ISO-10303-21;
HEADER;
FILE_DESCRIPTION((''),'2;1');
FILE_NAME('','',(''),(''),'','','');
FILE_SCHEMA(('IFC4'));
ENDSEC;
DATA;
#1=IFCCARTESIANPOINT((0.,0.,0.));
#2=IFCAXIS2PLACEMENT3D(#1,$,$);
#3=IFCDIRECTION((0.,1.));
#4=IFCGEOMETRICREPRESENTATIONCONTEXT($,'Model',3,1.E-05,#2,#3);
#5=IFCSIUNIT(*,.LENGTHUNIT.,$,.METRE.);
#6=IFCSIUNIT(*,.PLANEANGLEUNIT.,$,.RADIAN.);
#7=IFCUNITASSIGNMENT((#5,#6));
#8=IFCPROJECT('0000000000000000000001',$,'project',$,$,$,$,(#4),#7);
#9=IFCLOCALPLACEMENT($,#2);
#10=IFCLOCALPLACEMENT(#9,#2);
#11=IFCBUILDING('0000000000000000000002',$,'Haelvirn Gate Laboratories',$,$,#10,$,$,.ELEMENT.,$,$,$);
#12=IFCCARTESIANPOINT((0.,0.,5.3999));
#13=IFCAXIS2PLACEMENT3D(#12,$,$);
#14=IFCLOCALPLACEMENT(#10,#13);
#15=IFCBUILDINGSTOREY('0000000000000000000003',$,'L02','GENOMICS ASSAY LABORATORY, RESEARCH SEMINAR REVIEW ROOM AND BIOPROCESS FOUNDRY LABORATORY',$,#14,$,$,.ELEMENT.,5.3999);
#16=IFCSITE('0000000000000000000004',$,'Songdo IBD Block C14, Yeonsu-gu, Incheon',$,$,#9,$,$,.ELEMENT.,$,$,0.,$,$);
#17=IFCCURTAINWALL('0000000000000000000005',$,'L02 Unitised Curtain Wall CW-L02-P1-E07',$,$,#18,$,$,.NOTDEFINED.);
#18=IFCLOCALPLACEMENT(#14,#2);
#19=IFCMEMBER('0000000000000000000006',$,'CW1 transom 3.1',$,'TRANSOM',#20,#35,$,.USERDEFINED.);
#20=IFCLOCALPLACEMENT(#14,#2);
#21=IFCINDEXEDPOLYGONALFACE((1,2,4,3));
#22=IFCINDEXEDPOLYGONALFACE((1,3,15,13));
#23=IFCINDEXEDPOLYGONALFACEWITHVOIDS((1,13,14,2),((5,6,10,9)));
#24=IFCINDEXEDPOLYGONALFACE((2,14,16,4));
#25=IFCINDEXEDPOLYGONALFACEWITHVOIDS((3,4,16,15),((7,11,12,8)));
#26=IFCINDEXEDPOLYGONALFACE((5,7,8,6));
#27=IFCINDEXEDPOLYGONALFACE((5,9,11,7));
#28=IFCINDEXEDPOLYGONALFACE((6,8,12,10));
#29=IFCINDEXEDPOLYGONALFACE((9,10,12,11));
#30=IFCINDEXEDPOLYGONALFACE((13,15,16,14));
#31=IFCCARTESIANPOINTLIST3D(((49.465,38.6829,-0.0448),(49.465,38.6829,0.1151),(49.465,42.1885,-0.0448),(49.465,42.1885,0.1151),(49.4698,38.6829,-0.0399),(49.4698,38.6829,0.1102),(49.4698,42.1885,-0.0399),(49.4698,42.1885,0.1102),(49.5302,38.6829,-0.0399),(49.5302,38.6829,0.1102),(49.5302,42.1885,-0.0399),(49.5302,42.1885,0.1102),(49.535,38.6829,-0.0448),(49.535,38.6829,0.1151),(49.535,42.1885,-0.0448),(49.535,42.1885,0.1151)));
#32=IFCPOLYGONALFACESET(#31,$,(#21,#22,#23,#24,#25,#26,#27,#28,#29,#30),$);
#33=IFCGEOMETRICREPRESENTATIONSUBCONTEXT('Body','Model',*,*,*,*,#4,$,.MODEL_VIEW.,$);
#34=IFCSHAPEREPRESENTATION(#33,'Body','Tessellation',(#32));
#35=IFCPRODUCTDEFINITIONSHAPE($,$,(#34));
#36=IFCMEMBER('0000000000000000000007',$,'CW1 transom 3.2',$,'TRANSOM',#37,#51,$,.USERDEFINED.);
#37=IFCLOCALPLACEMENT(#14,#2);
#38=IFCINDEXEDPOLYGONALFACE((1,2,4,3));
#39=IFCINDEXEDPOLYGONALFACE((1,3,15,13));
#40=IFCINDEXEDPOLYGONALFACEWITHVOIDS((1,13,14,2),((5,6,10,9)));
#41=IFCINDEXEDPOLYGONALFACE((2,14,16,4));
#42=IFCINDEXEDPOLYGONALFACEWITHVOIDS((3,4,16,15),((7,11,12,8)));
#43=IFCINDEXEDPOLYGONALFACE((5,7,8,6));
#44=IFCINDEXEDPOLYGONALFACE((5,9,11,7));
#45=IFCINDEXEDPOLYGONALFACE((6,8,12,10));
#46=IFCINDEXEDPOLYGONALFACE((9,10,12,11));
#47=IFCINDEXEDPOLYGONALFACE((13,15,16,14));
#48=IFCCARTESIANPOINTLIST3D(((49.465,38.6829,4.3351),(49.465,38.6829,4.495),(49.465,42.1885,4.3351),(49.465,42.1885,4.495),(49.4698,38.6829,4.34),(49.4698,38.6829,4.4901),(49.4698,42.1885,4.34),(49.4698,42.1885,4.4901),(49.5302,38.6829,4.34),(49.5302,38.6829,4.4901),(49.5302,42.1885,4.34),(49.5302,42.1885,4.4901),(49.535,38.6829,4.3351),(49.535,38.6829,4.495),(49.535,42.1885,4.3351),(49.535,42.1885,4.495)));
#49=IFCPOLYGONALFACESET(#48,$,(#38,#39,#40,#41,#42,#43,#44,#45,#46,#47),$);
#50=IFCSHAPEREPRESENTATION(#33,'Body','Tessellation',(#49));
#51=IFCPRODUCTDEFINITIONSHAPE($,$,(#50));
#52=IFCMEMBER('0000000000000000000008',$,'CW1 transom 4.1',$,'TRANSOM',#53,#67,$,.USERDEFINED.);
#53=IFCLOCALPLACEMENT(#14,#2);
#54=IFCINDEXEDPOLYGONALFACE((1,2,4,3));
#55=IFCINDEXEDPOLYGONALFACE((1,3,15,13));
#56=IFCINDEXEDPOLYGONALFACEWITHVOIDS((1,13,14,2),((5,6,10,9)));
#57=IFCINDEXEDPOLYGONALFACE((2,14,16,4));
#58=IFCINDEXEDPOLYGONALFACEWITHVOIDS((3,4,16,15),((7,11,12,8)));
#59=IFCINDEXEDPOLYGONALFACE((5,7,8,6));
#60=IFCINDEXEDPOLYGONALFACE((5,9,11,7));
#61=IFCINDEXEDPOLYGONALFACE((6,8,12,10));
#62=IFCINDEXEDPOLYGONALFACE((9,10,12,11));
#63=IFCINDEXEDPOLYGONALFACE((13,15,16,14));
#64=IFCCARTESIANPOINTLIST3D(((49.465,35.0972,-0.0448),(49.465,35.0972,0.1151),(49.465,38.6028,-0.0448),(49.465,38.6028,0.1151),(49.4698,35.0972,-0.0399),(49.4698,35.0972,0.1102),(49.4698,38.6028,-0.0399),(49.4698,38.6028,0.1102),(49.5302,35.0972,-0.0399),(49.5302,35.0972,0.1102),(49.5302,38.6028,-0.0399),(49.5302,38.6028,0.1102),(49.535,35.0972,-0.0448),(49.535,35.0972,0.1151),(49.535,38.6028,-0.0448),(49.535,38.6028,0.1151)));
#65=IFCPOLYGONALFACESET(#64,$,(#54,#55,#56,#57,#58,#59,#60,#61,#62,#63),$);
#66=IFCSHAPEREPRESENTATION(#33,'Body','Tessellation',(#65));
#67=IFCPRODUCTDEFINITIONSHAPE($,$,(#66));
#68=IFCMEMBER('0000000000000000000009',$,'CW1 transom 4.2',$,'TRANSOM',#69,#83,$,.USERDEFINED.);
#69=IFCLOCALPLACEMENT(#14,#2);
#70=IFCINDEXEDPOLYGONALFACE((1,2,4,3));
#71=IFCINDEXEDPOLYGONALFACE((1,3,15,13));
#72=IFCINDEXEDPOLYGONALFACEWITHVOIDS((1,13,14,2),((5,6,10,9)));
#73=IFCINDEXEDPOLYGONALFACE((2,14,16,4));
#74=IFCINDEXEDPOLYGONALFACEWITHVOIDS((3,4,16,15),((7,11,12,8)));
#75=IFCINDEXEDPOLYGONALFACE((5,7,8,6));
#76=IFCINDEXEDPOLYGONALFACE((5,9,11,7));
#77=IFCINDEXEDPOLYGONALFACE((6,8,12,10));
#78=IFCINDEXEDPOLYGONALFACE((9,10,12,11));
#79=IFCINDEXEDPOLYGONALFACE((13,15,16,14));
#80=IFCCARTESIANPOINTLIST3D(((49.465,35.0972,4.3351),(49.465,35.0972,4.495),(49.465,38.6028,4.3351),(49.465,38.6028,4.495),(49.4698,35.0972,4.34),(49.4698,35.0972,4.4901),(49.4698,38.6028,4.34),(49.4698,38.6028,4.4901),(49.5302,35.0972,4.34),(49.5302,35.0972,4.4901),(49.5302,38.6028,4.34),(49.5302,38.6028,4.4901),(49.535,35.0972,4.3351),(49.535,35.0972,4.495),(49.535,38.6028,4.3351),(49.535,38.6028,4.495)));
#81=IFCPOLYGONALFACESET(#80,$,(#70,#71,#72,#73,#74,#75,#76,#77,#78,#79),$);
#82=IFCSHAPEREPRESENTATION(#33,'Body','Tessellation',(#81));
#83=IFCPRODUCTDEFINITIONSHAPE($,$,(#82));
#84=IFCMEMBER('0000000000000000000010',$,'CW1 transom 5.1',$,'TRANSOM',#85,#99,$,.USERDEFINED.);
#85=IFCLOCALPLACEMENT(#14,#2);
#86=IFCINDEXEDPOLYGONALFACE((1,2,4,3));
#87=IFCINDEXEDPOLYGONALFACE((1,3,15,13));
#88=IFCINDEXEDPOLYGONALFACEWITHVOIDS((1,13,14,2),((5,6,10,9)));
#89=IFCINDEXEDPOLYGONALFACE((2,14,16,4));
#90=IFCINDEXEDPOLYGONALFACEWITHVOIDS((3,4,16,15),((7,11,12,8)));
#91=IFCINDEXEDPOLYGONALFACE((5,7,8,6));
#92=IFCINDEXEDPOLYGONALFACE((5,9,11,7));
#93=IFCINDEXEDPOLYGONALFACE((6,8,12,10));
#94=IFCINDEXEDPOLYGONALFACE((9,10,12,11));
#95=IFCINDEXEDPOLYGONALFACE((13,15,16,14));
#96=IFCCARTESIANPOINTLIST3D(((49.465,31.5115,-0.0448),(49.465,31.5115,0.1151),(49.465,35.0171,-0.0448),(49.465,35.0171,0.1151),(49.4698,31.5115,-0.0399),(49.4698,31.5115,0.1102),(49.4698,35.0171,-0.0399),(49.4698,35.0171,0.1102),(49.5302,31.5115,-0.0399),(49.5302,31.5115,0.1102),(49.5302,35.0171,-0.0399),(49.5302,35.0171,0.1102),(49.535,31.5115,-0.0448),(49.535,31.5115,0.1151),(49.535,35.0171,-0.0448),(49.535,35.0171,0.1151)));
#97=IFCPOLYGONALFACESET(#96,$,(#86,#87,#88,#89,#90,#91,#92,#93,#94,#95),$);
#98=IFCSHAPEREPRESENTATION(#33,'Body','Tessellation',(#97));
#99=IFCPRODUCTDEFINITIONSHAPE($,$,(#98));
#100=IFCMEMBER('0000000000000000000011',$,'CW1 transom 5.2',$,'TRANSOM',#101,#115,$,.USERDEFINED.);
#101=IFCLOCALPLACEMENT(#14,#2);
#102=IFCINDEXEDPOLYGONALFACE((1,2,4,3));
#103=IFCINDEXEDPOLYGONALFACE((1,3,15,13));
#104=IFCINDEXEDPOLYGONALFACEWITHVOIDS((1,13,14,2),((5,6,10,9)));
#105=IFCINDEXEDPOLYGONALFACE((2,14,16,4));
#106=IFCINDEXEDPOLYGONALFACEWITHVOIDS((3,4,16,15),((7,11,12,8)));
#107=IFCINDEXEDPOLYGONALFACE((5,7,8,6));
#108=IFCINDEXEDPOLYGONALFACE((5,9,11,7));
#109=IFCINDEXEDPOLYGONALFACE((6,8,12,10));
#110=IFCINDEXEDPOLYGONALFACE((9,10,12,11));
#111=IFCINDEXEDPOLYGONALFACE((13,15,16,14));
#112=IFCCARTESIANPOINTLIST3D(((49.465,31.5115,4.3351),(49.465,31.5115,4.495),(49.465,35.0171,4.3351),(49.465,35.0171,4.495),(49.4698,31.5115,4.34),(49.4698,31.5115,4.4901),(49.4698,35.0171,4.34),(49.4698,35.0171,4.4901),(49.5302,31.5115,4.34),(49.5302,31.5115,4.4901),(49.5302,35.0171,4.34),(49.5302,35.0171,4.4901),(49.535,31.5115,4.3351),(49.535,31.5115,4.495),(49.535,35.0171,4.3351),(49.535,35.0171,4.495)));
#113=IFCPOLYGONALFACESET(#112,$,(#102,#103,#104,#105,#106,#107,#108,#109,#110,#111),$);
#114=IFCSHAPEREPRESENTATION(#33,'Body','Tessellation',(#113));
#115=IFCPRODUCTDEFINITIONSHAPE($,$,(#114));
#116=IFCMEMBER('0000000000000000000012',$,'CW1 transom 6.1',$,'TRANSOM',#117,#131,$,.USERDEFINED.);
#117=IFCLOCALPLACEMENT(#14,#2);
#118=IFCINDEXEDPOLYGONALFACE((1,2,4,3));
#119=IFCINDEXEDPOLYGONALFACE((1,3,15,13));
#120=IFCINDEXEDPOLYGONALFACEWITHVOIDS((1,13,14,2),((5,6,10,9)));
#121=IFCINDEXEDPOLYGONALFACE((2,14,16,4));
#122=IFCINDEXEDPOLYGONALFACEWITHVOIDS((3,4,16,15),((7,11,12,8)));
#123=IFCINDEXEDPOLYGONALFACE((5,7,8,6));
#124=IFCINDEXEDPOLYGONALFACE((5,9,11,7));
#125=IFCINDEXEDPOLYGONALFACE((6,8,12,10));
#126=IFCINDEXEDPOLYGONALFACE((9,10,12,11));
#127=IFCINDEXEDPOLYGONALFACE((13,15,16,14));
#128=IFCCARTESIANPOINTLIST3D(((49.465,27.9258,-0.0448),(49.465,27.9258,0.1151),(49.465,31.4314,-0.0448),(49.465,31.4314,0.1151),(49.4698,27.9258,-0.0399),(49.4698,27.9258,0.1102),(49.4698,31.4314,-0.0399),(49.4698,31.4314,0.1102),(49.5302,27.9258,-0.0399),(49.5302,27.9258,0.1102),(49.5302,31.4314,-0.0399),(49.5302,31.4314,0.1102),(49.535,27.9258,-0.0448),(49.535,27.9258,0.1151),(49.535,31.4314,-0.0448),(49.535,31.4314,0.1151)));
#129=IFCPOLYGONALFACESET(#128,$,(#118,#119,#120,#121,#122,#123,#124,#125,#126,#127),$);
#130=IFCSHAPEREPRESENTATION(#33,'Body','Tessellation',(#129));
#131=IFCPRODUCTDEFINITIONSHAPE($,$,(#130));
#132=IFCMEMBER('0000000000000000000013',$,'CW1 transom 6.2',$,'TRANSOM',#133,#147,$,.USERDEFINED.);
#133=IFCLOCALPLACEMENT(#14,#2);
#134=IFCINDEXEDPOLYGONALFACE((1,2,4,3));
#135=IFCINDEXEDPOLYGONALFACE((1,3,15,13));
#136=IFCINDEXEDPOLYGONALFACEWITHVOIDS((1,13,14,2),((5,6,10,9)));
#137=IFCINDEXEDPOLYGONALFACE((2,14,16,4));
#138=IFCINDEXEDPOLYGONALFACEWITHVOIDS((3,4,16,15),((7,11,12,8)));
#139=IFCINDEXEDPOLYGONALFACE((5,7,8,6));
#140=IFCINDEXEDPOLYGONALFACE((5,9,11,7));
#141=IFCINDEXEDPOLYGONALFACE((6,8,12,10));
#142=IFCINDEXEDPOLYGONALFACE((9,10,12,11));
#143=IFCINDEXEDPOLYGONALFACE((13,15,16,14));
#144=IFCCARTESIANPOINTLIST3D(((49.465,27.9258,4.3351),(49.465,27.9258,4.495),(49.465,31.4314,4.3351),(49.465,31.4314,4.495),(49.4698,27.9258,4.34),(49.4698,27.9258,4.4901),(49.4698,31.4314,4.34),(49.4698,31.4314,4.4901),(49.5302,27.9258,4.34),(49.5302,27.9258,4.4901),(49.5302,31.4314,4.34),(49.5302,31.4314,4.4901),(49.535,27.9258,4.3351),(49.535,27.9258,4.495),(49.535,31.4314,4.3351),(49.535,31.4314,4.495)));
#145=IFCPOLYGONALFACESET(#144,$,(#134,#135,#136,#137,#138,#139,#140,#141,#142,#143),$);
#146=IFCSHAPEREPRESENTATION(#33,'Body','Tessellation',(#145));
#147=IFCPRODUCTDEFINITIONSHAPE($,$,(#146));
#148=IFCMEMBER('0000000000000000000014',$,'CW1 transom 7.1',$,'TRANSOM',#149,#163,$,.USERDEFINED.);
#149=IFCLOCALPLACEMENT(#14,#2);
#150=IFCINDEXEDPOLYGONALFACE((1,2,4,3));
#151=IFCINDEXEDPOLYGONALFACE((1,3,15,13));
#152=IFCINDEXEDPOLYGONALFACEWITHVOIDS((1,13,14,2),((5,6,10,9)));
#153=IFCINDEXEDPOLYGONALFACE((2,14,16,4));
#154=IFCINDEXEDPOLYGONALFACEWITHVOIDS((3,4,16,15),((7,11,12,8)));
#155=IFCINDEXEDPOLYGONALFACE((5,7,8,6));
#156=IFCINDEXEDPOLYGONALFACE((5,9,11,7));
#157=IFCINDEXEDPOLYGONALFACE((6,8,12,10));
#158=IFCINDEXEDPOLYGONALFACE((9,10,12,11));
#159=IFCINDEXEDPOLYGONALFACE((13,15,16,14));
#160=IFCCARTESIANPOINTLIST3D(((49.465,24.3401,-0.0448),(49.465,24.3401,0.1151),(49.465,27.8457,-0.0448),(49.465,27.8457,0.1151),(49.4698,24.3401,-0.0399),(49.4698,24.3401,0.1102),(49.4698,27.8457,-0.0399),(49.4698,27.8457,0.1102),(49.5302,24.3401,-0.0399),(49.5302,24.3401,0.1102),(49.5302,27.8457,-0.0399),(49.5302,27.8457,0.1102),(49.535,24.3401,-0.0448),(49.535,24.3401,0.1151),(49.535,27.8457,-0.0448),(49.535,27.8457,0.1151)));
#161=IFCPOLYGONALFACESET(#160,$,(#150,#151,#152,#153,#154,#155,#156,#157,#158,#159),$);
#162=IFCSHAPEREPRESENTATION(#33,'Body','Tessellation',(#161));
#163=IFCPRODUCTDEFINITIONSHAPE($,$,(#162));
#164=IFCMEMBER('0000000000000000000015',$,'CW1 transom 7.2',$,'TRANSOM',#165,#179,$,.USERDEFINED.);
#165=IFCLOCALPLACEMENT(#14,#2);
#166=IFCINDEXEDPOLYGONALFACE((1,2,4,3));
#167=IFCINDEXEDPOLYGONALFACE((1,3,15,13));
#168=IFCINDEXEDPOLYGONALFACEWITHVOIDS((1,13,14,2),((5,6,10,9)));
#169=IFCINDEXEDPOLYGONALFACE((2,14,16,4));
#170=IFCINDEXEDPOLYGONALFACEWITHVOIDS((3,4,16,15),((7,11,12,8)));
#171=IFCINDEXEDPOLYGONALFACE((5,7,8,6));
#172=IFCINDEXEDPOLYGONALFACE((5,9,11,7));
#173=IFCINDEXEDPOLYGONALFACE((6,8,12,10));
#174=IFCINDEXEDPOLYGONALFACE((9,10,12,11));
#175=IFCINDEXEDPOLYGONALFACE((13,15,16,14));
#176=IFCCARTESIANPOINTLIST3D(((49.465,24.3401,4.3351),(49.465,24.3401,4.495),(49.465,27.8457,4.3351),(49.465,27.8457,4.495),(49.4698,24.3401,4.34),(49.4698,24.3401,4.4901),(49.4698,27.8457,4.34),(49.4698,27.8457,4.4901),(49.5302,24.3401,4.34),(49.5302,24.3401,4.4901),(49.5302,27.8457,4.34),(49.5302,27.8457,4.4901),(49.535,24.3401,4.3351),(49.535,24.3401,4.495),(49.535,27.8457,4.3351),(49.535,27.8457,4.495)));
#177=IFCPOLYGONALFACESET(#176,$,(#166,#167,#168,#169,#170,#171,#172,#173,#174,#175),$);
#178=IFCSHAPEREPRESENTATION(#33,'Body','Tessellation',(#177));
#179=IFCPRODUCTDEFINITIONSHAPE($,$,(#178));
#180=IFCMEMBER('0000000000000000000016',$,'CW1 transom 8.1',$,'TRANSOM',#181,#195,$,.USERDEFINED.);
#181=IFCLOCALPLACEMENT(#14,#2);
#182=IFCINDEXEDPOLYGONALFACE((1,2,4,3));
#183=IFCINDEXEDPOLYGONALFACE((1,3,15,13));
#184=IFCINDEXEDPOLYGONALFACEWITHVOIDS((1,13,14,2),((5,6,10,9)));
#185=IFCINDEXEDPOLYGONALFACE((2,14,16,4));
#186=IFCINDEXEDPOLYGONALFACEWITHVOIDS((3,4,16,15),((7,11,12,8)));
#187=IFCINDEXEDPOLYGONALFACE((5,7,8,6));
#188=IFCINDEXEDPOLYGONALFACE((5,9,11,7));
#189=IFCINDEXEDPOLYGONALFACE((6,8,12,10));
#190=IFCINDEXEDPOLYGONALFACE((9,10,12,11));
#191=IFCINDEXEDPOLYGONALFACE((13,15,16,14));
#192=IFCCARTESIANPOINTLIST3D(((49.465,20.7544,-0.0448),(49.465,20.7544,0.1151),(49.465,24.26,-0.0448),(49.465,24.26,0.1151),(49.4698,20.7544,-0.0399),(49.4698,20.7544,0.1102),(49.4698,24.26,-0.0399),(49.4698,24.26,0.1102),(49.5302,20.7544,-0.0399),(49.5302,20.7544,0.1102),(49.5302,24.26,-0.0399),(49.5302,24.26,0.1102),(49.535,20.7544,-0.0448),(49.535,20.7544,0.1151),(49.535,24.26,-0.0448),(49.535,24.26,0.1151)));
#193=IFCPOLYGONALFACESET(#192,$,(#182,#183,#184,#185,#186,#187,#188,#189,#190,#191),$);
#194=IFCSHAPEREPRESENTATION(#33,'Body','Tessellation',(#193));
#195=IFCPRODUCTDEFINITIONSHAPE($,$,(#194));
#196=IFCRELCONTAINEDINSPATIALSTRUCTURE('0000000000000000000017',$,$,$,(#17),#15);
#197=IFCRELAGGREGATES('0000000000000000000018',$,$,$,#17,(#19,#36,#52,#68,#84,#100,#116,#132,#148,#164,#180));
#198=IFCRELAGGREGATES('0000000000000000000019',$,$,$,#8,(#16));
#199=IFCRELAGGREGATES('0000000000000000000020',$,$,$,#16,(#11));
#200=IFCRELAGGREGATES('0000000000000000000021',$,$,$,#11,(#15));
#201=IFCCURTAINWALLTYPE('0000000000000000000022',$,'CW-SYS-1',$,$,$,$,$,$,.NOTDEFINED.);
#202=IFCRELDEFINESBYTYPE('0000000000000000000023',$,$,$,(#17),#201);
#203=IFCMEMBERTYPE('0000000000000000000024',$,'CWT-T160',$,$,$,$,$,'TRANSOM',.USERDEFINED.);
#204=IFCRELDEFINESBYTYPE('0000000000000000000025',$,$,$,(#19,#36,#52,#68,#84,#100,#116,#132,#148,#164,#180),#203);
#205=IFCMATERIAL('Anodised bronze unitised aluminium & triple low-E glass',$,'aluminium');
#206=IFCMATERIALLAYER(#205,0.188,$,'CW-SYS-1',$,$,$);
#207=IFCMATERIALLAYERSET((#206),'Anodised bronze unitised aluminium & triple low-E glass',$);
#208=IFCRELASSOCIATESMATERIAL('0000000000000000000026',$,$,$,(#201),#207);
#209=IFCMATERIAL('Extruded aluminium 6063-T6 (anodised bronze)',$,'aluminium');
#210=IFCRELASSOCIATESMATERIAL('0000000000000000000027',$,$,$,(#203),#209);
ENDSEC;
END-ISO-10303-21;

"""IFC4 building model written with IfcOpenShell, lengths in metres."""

from ifc_helpers import new_model, si_unit, direction, frame, origin, origin_2d, place, context, subcontext, project, spatial, hollow_rectangle, extrude, source, transform, mapped, material, layer, layer_set, material_profile, profile_set, type_object, element, aggregate, save


model = new_model("IFC4")

# Units and contexts
model_context = context("Model", 3, precision=1e-05, world=origin(), true_north=direction((0.0, 1.0)))
body_context = subcontext(model_context, "Body", "Model", "MODEL_VIEW")
ifc_project = project(units=[si_unit("LENGTHUNIT", "METRE"), si_unit("PLANEANGLEUNIT", "RADIAN")], contexts=[model_context])

# Site, building, storey
site_placement = place(None, origin())
site = spatial("IfcSite", under=ifc_project, at=site_placement, Name="Songdo IBD Block C14, Yeonsu-gu, Incheon", CompositionType="ELEMENT", RefElevation=0.0)
building_placement = place(site_placement, origin())
building = spatial("IfcBuilding", under=site, at=building_placement, Name="Haelvirn Gate Laboratories", CompositionType="ELEMENT")
storey_placement = place(building_placement, frame((0.0, 0.0, 5.3999)))
storey = spatial("IfcBuildingStorey", under=building, at=storey_placement, Name="L02", Description="GENOMICS ASSAY LABORATORY, RESEARCH SEMINAR REVIEW ROOM AND BIOPROCESS FOUNDRY LABORATORY", CompositionType="ELEMENT", Elevation=5.3999)

# Shared definitions
ifc_material_1 = material(Name="Anodised bronze unitised aluminium & triple low-E glass", Category="aluminium")
ifc_layer_1 = layer(ifc_material_1, 0.188, Name="CW-SYS-1")
ifc_layer_set_1 = layer_set([ifc_layer_1], Name="Anodised bronze unitised aluminium & triple low-E glass")
curtain_wall_type = type_object("IfcCurtainWallType", Name="CW-SYS-1", PredefinedType="NOTDEFINED", material=ifc_layer_set_1)
ifc_material_2 = material(Name="Extruded aluminium 6063-T6 (anodised bronze)", Category="aluminium")

# Curtain wall, members
curtain_wall_1_placement = place(storey_placement, origin())
curtain_wall_1 = element("IfcCurtainWall", 1, at=curtain_wall_1_placement, inside=storey, type_object=curtain_wall_type, Name="L02 Unitised Curtain Wall CW-L02-P1-E07", PredefinedType="NOTDEFINED")
ifc_material_profile_1 = material_profile(ifc_material_2, hollow_rectangle(XDim=0.0701, YDim=0.1599, WallThickness=0.0049, at=origin_2d()), Name="CWT-160x70x5")
ifc_profile_set_1 = profile_set([ifc_material_profile_1], Name="Extruded aluminium 6063-T6 (anodised bronze)")
member_type_1 = type_object("IfcMemberType", Name="CWT-T160", ElementType="TRANSOM", PredefinedType="USERDEFINED", material=ifc_profile_set_1)
shared_shape_1 = source(origin(), body_context, "Body", "SweptSolid", [
    extrude(hollow_rectangle(XDim=0.0701, YDim=0.1599, WallThickness=0.0049, at=origin_2d()), origin(), (0.0, 0.0, 1.0), 3.5056),
])
member_1_placement = place(storey_placement, frame((49.5, 42.1885, 0.0352), z_axis=(0.0, -1.0, 0.0), x_axis=(1.0, 0.0, 0.0)))
member_1 = element("IfcMember", 2, at=member_1_placement, type_object=member_type_1, Name="CW1 transom 3.1", ObjectType="TRANSOM", PredefinedType="USERDEFINED", context=body_context, shape_type="MappedRepresentation", body=[
    mapped(shared_shape_1, transform((0.0, 0.0, 0.0), scale=1.0)),
])
member_2_placement = place(storey_placement, frame((49.5, 42.1885, 4.415), z_axis=(0.0, -1.0, 0.0), x_axis=(1.0, 0.0, 0.0)))
member_2 = element("IfcMember", 3, at=member_2_placement, type_object=member_type_1, Name="CW1 transom 3.2", ObjectType="TRANSOM", PredefinedType="USERDEFINED", context=body_context, shape_type="MappedRepresentation", body=[
    mapped(shared_shape_1, transform((0.0, 0.0, 0.0), scale=1.0)),
])
member_3_placement = place(storey_placement, frame((49.5, 38.6028, 0.0352), z_axis=(0.0, -1.0, 0.0), x_axis=(1.0, 0.0, 0.0)))
member_3 = element("IfcMember", 4, at=member_3_placement, type_object=member_type_1, Name="CW1 transom 4.1", ObjectType="TRANSOM", PredefinedType="USERDEFINED", context=body_context, shape_type="MappedRepresentation", body=[
    mapped(shared_shape_1, transform((0.0, 0.0, 0.0), scale=1.0)),
])
member_4_placement = place(storey_placement, frame((49.5, 38.6028, 4.415), z_axis=(0.0, -1.0, 0.0), x_axis=(1.0, 0.0, 0.0)))
member_4 = element("IfcMember", 5, at=member_4_placement, type_object=member_type_1, Name="CW1 transom 4.2", ObjectType="TRANSOM", PredefinedType="USERDEFINED", context=body_context, shape_type="MappedRepresentation", body=[
    mapped(shared_shape_1, transform((0.0, 0.0, 0.0), scale=1.0)),
])
member_5_placement = place(storey_placement, frame((49.5, 35.0171, 0.0352), z_axis=(0.0, -1.0, 0.0), x_axis=(1.0, 0.0, 0.0)))
member_5 = element("IfcMember", 6, at=member_5_placement, type_object=member_type_1, Name="CW1 transom 5.1", ObjectType="TRANSOM", PredefinedType="USERDEFINED", context=body_context, shape_type="MappedRepresentation", body=[
    mapped(shared_shape_1, transform((0.0, 0.0, 0.0), scale=1.0)),
])
member_6_placement = place(storey_placement, frame((49.5, 35.0171, 4.415), z_axis=(0.0, -1.0, 0.0), x_axis=(1.0, 0.0, 0.0)))
member_6 = element("IfcMember", 7, at=member_6_placement, type_object=member_type_1, Name="CW1 transom 5.2", ObjectType="TRANSOM", PredefinedType="USERDEFINED", context=body_context, shape_type="MappedRepresentation", body=[
    mapped(shared_shape_1, transform((0.0, 0.0, 0.0), scale=1.0)),
])
member_7_placement = place(storey_placement, frame((49.5, 31.4314, 0.0352), z_axis=(0.0, -1.0, 0.0), x_axis=(1.0, 0.0, 0.0)))
member_7 = element("IfcMember", 8, at=member_7_placement, type_object=member_type_1, Name="CW1 transom 6.1", ObjectType="TRANSOM", PredefinedType="USERDEFINED", context=body_context, shape_type="MappedRepresentation", body=[
    mapped(shared_shape_1, transform((0.0, 0.0, 0.0), scale=1.0)),
])
member_8_placement = place(storey_placement, frame((49.5, 31.4314, 4.415), z_axis=(0.0, -1.0, 0.0), x_axis=(1.0, 0.0, 0.0)))
member_8 = element("IfcMember", 9, at=member_8_placement, type_object=member_type_1, Name="CW1 transom 6.2", ObjectType="TRANSOM", PredefinedType="USERDEFINED", context=body_context, shape_type="MappedRepresentation", body=[
    mapped(shared_shape_1, transform((0.0, 0.0, 0.0), scale=1.0)),
])
member_9_placement = place(storey_placement, frame((49.5, 27.8457, 0.0352), z_axis=(0.0, -1.0, 0.0), x_axis=(1.0, 0.0, 0.0)))
member_9 = element("IfcMember", 10, at=member_9_placement, type_object=member_type_1, Name="CW1 transom 7.1", ObjectType="TRANSOM", PredefinedType="USERDEFINED", context=body_context, shape_type="MappedRepresentation", body=[
    mapped(shared_shape_1, transform((0.0, 0.0, 0.0), scale=1.0)),
])
member_10_placement = place(storey_placement, frame((49.5, 27.8457, 4.415), z_axis=(0.0, -1.0, 0.0), x_axis=(1.0, 0.0, 0.0)))
member_10 = element("IfcMember", 11, at=member_10_placement, type_object=member_type_1, Name="CW1 transom 7.2", ObjectType="TRANSOM", PredefinedType="USERDEFINED", context=body_context, shape_type="MappedRepresentation", body=[
    mapped(shared_shape_1, transform((0.0, 0.0, 0.0), scale=1.0)),
])
member_11_placement = place(storey_placement, frame((49.5, 24.26, 0.0352), z_axis=(0.0, -1.0, 0.0), x_axis=(1.0, 0.0, 0.0)))
member_11 = element("IfcMember", 12, at=member_11_placement, type_object=member_type_1, Name="CW1 transom 8.1", ObjectType="TRANSOM", PredefinedType="USERDEFINED", context=body_context, shape_type="MappedRepresentation", body=[
    mapped(shared_shape_1, transform((0.0, 0.0, 0.0), scale=1.0)),
])

aggregate(curtain_wall_1, [member_1, member_2, member_3, member_4, member_5, member_6, member_7, member_8, member_9, member_10, member_11])

save(model, "model.ifc")
